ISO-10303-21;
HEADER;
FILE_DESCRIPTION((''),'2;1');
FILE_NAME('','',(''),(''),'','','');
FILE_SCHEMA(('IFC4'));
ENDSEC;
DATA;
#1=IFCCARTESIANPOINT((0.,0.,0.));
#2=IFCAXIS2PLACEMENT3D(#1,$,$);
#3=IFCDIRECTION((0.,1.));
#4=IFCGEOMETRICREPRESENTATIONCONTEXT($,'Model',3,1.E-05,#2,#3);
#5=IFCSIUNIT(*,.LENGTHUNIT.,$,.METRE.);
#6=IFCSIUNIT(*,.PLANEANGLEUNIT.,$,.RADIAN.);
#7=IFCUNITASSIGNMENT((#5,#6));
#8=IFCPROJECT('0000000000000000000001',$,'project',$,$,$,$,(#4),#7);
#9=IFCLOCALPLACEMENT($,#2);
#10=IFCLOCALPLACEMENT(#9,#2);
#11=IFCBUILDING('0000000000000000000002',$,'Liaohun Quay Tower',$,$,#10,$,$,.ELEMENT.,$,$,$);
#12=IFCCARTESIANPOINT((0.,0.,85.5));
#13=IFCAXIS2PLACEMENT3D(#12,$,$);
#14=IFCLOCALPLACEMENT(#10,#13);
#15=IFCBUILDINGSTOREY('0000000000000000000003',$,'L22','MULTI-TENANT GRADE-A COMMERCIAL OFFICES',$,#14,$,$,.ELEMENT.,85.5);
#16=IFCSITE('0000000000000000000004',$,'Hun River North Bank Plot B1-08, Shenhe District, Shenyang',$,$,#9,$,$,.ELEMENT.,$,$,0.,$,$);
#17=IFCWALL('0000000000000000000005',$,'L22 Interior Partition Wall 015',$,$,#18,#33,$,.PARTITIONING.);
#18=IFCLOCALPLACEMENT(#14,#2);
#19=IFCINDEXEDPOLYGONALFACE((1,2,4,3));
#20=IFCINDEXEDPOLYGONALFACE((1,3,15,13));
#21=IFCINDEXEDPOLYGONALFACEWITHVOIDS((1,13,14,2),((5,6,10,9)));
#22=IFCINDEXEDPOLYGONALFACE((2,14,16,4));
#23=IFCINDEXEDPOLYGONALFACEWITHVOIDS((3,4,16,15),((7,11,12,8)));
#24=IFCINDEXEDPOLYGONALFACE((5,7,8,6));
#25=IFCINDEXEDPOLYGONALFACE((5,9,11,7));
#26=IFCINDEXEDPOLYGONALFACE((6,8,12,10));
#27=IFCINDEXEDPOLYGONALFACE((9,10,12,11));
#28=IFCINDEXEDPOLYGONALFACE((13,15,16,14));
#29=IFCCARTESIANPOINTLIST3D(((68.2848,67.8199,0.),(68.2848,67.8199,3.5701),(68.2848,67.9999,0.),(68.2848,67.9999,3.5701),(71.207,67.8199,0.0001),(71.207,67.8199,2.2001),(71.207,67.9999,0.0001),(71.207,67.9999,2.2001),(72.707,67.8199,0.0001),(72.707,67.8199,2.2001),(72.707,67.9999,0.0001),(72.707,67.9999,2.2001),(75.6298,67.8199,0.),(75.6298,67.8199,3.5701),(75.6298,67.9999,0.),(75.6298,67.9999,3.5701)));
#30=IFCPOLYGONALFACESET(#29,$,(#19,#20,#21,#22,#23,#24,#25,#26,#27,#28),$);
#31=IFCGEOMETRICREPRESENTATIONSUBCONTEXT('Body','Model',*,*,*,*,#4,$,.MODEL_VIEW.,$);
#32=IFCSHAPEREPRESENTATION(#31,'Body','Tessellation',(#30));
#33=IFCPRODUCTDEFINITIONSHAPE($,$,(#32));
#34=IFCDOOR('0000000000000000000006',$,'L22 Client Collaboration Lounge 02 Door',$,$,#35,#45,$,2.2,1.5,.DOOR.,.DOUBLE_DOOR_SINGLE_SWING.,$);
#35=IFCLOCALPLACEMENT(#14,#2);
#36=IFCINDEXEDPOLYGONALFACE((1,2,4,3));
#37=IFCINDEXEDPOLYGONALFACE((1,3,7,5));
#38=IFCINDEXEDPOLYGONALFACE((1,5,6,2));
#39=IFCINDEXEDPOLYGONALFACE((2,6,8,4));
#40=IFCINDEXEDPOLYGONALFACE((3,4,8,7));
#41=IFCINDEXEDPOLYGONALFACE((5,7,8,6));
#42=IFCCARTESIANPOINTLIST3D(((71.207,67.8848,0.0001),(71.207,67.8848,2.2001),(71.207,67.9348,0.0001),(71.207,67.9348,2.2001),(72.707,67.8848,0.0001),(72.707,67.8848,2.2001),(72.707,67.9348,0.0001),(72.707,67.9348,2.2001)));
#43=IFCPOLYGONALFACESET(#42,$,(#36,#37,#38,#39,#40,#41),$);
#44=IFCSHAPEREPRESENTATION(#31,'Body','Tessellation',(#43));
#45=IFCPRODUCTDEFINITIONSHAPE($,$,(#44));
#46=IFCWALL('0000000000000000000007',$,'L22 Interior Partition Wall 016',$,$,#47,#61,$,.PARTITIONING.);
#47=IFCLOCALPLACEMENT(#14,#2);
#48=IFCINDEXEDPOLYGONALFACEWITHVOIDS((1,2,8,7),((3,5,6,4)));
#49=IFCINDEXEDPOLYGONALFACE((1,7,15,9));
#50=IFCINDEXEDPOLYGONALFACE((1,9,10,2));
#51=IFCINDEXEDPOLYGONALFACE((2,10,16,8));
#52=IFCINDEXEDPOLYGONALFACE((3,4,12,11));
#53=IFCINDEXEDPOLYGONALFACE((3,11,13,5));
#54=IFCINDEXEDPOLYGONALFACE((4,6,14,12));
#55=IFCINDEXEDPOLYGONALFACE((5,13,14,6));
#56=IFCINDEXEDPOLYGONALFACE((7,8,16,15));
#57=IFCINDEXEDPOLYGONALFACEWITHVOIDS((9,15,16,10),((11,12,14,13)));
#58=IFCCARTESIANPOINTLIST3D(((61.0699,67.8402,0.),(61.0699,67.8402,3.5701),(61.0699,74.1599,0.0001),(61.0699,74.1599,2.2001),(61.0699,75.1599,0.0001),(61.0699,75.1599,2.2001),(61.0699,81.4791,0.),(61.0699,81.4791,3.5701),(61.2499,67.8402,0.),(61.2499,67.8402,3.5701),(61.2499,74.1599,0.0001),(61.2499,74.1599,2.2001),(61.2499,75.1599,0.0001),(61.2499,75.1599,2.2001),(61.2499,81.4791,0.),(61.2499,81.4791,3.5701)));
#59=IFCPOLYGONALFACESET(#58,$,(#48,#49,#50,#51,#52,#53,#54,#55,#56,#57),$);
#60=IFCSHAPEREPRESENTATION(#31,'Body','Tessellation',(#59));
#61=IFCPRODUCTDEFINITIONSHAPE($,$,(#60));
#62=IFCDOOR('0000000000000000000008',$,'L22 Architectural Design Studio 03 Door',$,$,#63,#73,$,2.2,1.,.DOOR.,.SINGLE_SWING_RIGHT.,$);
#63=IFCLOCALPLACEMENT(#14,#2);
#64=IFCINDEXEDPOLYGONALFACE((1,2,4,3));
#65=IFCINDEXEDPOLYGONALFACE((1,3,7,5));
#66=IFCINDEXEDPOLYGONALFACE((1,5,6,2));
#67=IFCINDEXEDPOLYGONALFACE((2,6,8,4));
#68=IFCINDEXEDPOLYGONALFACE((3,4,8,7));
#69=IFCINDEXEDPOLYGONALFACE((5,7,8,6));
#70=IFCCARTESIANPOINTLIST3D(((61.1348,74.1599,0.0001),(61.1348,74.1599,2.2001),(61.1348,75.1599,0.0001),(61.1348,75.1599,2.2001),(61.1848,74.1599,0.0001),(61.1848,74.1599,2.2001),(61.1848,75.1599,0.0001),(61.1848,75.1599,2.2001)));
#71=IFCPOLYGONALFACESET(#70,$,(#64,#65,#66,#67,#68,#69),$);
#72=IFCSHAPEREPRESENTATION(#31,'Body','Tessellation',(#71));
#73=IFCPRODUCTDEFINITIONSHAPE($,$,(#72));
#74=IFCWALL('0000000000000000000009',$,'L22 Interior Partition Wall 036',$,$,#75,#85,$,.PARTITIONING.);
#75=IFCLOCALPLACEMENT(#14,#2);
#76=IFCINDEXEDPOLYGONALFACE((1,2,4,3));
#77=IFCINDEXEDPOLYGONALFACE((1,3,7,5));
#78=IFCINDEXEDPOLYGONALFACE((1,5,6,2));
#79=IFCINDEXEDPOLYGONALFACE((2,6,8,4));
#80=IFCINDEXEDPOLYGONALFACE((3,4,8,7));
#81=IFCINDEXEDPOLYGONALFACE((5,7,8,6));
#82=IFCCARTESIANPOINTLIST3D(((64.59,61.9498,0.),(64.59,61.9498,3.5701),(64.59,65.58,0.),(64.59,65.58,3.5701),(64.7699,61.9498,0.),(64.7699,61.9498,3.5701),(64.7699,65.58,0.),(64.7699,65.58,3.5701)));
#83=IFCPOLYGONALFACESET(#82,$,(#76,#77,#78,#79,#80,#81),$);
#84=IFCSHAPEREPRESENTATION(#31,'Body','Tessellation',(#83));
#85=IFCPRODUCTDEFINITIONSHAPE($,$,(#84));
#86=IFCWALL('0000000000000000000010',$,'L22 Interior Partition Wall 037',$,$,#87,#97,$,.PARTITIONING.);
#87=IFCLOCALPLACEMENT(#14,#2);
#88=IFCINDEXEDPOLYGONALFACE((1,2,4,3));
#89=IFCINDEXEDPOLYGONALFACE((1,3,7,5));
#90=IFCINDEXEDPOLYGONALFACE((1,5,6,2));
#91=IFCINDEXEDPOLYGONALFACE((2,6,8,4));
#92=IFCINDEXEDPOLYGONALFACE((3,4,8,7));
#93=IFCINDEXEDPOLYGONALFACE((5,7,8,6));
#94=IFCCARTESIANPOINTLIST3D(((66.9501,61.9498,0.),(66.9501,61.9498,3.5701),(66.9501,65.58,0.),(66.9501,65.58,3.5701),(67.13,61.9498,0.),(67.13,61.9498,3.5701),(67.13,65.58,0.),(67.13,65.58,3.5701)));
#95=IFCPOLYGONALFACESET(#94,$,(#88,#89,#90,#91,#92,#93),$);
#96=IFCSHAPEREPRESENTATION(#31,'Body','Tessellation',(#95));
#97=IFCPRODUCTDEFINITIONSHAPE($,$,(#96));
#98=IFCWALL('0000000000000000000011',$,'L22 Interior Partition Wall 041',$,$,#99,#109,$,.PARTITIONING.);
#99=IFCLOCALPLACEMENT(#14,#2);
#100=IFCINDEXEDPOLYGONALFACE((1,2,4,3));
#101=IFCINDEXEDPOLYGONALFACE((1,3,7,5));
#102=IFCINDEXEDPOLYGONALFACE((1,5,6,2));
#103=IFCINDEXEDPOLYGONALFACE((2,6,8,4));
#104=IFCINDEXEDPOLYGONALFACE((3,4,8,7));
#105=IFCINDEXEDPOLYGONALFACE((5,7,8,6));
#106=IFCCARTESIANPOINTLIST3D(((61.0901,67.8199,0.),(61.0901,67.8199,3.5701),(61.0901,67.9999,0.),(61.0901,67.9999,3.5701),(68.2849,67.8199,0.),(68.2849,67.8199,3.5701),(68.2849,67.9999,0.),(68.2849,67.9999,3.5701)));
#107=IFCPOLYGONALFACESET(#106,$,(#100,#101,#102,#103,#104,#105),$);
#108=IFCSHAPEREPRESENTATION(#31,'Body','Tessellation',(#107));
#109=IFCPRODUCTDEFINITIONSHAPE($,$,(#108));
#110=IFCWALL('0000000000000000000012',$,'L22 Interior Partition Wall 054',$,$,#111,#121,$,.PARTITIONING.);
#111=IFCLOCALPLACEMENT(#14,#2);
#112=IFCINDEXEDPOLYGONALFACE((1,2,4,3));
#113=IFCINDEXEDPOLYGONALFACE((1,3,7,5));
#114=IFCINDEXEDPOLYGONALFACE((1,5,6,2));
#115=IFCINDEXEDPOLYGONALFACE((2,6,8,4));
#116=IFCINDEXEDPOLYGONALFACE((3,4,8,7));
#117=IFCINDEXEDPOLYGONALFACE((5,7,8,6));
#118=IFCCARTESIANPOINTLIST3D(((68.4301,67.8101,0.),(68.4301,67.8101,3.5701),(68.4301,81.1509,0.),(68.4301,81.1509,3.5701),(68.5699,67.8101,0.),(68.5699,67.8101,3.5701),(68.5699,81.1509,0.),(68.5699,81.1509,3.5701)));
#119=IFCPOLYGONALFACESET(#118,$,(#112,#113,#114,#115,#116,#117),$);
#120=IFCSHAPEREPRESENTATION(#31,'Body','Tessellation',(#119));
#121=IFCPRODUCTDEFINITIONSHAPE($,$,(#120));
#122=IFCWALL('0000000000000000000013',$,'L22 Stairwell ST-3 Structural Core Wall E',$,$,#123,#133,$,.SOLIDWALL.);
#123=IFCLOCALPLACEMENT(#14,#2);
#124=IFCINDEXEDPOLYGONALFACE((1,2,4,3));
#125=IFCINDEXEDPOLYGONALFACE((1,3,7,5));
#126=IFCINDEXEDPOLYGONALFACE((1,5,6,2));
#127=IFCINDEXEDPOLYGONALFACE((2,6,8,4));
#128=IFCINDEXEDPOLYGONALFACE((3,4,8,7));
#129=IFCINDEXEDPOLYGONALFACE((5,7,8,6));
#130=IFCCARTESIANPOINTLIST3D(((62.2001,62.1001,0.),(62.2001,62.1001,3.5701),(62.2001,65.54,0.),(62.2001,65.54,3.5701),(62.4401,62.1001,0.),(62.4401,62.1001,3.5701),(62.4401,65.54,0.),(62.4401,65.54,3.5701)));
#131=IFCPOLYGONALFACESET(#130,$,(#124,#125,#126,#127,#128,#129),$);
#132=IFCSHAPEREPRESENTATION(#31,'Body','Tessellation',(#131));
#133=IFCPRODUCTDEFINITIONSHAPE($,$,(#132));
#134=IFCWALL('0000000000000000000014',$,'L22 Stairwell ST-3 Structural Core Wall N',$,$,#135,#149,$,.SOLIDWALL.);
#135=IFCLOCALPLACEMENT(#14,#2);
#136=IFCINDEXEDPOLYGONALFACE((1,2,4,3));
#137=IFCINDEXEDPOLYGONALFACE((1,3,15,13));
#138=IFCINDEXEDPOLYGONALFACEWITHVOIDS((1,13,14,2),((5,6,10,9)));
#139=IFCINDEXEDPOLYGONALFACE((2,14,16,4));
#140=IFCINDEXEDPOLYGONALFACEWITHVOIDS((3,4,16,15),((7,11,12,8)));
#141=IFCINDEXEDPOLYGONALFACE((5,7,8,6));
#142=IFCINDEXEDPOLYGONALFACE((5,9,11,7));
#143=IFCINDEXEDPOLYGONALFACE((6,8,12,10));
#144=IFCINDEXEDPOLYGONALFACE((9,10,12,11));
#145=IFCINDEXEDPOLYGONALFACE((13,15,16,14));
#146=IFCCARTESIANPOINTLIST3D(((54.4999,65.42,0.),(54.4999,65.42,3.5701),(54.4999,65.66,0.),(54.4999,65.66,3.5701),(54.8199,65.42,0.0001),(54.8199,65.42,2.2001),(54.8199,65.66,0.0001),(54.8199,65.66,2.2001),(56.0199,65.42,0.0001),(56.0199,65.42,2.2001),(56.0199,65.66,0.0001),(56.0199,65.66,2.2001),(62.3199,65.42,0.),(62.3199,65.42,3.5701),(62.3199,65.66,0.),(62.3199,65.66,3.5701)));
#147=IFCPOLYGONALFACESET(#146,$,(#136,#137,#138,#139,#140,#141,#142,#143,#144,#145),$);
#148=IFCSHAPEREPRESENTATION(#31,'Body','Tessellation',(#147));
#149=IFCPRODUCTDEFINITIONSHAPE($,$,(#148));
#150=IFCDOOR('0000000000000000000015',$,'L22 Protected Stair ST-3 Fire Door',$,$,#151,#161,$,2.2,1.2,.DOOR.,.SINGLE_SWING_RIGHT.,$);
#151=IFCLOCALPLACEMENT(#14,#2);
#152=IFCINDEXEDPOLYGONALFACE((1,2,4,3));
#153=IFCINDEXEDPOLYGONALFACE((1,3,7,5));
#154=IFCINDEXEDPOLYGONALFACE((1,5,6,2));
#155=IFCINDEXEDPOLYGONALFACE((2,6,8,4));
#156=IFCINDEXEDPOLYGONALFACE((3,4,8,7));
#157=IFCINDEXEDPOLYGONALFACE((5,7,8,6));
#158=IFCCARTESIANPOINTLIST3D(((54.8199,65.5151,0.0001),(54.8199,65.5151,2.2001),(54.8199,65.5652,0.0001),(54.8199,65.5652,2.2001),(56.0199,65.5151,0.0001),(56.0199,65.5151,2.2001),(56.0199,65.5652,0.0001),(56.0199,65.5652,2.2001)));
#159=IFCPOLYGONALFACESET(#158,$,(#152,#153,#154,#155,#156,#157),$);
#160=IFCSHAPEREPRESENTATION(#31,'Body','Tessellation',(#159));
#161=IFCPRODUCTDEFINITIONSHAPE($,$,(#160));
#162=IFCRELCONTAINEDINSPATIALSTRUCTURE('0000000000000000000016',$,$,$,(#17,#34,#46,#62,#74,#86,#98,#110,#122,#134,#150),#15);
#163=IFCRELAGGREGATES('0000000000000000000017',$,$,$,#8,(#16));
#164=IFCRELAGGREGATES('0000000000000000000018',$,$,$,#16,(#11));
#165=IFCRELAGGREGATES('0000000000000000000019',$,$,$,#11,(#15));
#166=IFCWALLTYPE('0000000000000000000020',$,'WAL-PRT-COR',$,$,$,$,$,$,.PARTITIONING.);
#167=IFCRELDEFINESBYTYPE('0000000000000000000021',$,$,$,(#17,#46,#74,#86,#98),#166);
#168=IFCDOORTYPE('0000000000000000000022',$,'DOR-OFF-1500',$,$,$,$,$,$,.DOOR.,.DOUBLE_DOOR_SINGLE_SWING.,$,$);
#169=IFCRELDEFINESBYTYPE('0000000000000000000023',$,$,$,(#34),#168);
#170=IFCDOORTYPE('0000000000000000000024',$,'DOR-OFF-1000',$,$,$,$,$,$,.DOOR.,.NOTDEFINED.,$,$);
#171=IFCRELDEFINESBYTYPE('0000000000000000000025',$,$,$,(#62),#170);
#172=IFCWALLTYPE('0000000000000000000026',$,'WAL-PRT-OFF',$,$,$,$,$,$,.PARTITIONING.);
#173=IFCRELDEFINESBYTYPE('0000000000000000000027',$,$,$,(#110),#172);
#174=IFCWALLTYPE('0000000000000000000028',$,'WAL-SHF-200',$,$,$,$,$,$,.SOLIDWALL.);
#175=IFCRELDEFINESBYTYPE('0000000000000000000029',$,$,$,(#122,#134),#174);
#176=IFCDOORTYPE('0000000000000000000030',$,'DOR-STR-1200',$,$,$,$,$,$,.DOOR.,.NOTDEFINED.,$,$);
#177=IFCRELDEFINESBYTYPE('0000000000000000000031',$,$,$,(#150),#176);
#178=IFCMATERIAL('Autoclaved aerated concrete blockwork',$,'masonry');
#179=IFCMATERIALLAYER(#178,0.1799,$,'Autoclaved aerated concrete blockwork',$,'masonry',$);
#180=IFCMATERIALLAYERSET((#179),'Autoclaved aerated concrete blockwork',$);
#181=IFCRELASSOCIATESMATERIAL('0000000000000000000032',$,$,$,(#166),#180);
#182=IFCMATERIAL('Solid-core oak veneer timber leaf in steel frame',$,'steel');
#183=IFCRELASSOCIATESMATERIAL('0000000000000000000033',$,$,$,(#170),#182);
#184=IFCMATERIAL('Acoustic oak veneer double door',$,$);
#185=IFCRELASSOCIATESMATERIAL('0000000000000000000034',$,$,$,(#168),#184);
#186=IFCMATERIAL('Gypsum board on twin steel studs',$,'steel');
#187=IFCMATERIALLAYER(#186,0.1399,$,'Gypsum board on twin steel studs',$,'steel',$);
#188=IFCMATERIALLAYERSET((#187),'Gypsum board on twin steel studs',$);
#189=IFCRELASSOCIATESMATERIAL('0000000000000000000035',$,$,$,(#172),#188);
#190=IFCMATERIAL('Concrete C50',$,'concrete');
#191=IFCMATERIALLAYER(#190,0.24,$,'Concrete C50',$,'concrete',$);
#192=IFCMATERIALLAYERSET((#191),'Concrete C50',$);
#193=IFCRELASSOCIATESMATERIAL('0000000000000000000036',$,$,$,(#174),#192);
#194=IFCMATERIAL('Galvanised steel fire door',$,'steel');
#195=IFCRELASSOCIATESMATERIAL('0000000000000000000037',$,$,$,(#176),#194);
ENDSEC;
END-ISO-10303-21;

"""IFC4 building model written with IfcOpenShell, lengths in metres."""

from ifc_helpers import new_model, si_unit, direction, frame, frame_2d, origin, place, context, subcontext, project, spatial, rectangle, extrude, source, transform, mapped, material, layer, layer_set, type_object, element, fill, save


model = new_model("IFC4")

# Units and contexts
model_context = context("Model", 3, precision=1e-05, world=origin(), true_north=direction((0.0, 1.0)))
body_context = subcontext(model_context, "Body", "Model", "MODEL_VIEW")
ifc_project = project(units=[si_unit("LENGTHUNIT", "METRE"), si_unit("PLANEANGLEUNIT", "RADIAN")], contexts=[model_context])

# Site, building, storey
site_placement = place(None, origin())
site = spatial("IfcSite", under=ifc_project, at=site_placement, Name="Hun River North Bank Plot B1-08, Shenhe District, Shenyang", CompositionType="ELEMENT", RefElevation=0.0)
building_placement = place(site_placement, origin())
building = spatial("IfcBuilding", under=site, at=building_placement, Name="Liaohun Quay Tower", CompositionType="ELEMENT")
storey_placement = place(building_placement, frame((0.0, 0.0, 85.5)))
storey = spatial("IfcBuildingStorey", under=building, at=storey_placement, Name="L22", Description="MULTI-TENANT GRADE-A COMMERCIAL OFFICES", CompositionType="ELEMENT", Elevation=85.5)

# Walls, openings, doors
ifc_material_1 = material(Name="Autoclaved aerated concrete blockwork", Category="masonry")
ifc_layer_1 = layer(ifc_material_1, 0.1799, Name="Autoclaved aerated concrete blockwork", Category="masonry")
ifc_layer_set_1 = layer_set([ifc_layer_1], Name="Autoclaved aerated concrete blockwork")
wall_type_1 = type_object("IfcWallType", Name="WAL-PRT-COR", PredefinedType="PARTITIONING", material=ifc_layer_set_1)
shared_shape_1 = source(origin(), body_context, "Body", "SweptSolid", [
    extrude(rectangle(XDim=1.0, YDim=2.2, at=frame_2d((0.5, 1.1001))), frame((0.0, 0.0999, 0.0), z_axis=(0.0, -1.0, 0.0), x_axis=(1.0, 0.0, 0.0)), (0.0, 0.0, 1.0), 0.2),
])
ifc_material_2 = material(Name="Solid-core oak veneer timber leaf in steel frame", Category="steel")
door_type_1 = type_object("IfcDoorType", Name="DOR-OFF-1000", OperationType="NOTDEFINED", PredefinedType="DOOR", material=ifc_material_2)
shared_shape_2 = source(origin(), body_context, "Body", "SweptSolid", [
    extrude(rectangle(XDim=1.0, YDim=2.2, at=frame_2d((0.5, 1.1001))), frame((0.0, 0.0249, 0.0), z_axis=(0.0, -1.0, 0.0), x_axis=(1.0, 0.0, 0.0)), (0.0, 0.0, 1.0), 0.05),
])
wall_1_placement = place(storey_placement, frame((68.2849, 67.9099, 0.0), z_axis=(0.0, 0.0, 1.0), x_axis=(1.0, 0.0, 0.0)))
wall_1 = element("IfcWall", 1, at=wall_1_placement, inside=storey, type_object=wall_type_1, Name="L22 Interior Partition Wall 015", PredefinedType="PARTITIONING", context=body_context, shape_type="SweptSolid", body=[
    extrude(rectangle(XDim=7.345, YDim=0.1799, at=frame_2d((3.6724, 0.0))), origin(), (0.0, 0.0, 1.0), 3.5701),
])
shared_shape_3 = source(origin(), body_context, "Body", "SweptSolid", [
    extrude(rectangle(XDim=1.5, YDim=2.2, at=frame_2d((0.75, 1.1001))), frame((0.0, 0.0999, 0.0), z_axis=(0.0, -1.0, 0.0), x_axis=(1.0, 0.0, 0.0)), (0.0, 0.0, 1.0), 0.2),
])
opening_1_placement = place(wall_1_placement, frame((2.9221, 0.0, 0.0)))
opening_1 = element("IfcOpeningElement", 2, at=opening_1_placement, cuts=wall_1, PredefinedType="OPENING", context=body_context, shape_type="MappedRepresentation", body=[
    mapped(shared_shape_3, transform((0.0, 0.0, 0.0), x_axis=(1.0, 0.0, 0.0), y_axis=(0.0, 1.0, 0.0), z_axis=(0.0, 0.0, 1.0), scale=1.0)),
])
ifc_material_3 = material(Name="Acoustic oak veneer double door")
door_type_2 = type_object("IfcDoorType", Name="DOR-OFF-1500", OperationType="DOUBLE_DOOR_SINGLE_SWING", PredefinedType="DOOR", material=ifc_material_3)
shared_shape_4 = source(origin(), body_context, "Body", "SweptSolid", [
    extrude(rectangle(XDim=1.5, YDim=2.2, at=frame_2d((0.75, 1.1001))), frame((0.0, 0.0249, 0.0), z_axis=(0.0, -1.0, 0.0), x_axis=(1.0, 0.0, 0.0)), (0.0, 0.0, 1.0), 0.05),
])
door_1_placement = place(opening_1_placement, origin())
door_1 = element("IfcDoor", 3, at=door_1_placement, inside=storey, type_object=door_type_2, Name="L22 Client Collaboration Lounge 02 Door", OperationType="DOUBLE_DOOR_SINGLE_SWING", OverallHeight=2.2, OverallWidth=1.5, PredefinedType="DOOR", context=body_context, shape_type="MappedRepresentation", body=[
    mapped(shared_shape_4, transform((0.0, 0.0, 0.0), x_axis=(1.0, 0.0, 0.0), y_axis=(0.0, 1.0, 0.0), z_axis=(0.0, 0.0, 1.0), scale=1.0)),
])
fill(opening_1, door_1)
wall_2_placement = place(storey_placement, frame((61.1599, 81.479, 0.0), z_axis=(0.0, 0.0, 1.0), x_axis=(0.0, -1.0, 0.0)))
wall_2 = element("IfcWall", 4, at=wall_2_placement, inside=storey, type_object=wall_type_1, Name="L22 Interior Partition Wall 016", PredefinedType="PARTITIONING", context=body_context, shape_type="SweptSolid", body=[
    extrude(rectangle(XDim=13.6389, YDim=0.1799, at=frame_2d((6.8193, 0.0))), origin(), (0.0, 0.0, 1.0), 3.5701),
])
opening_2_placement = place(wall_2_placement, frame((6.3191, 0.0, 0.0)))
opening_2 = element("IfcOpeningElement", 5, at=opening_2_placement, cuts=wall_2, PredefinedType="OPENING", context=body_context, shape_type="MappedRepresentation", body=[
    mapped(shared_shape_1, transform((0.0, 0.0, 0.0), x_axis=(1.0, 0.0, 0.0), y_axis=(0.0, 1.0, 0.0), z_axis=(0.0, 0.0, 1.0), scale=1.0)),
])
door_2_placement = place(opening_2_placement, origin())
door_2 = element("IfcDoor", 6, at=door_2_placement, inside=storey, type_object=door_type_1, Name="L22 Architectural Design Studio 03 Door", OperationType="SINGLE_SWING_RIGHT", OverallHeight=2.2, OverallWidth=1.0, PredefinedType="DOOR", context=body_context, shape_type="MappedRepresentation", body=[
    mapped(shared_shape_2, transform((0.0, 0.0, 0.0), x_axis=(1.0, 0.0, 0.0), y_axis=(0.0, 1.0, 0.0), z_axis=(0.0, 0.0, 1.0), scale=1.0)),
])
fill(opening_2, door_2)

# Walls
for number, where, z_axis, x_axis, name in (
    (7, (64.6799, 61.95, 0.0), (0.0, 0.0, 1.0), (0.0, 1.0, 0.0), "L22 Interior Partition Wall 036"),
    (8, (67.04, 61.95, 0.0), (0.0, 0.0, 1.0), (0.0, 1.0, 0.0), "L22 Interior Partition Wall 037"),
):
    element("IfcWall", number, at=place(storey_placement, frame(where, z_axis=z_axis, x_axis=x_axis)), inside=storey, type_object=wall_type_1, Name=name, PredefinedType="PARTITIONING", context=body_context, shape_type="SweptSolid", body=[
        extrude(rectangle(XDim=3.6301, YDim=0.1799, at=frame_2d((1.8149, 0.0))), origin(), (0.0, 0.0, 1.0), 3.5701),
    ])
wall_3_placement = place(storey_placement, frame((61.0901, 67.9099, 0.0), z_axis=(0.0, 0.0, 1.0), x_axis=(1.0, 0.0, 0.0)))
element("IfcWall", 9, at=wall_3_placement, inside=storey, type_object=wall_type_1, Name="L22 Interior Partition Wall 041", PredefinedType="PARTITIONING", context=body_context, shape_type="SweptSolid", body=[
    extrude(rectangle(XDim=7.1948, YDim=0.1799, at=frame_2d((3.5974, 0.0))), origin(), (0.0, 0.0, 1.0), 3.5701),
])
ifc_material_4 = material(Name="Gypsum board on twin steel studs", Category="steel")
ifc_layer_2 = layer(ifc_material_4, 0.1399, Name="Gypsum board on twin steel studs", Category="steel")
ifc_layer_set_2 = layer_set([ifc_layer_2], Name="Gypsum board on twin steel studs")
wall_type_2 = type_object("IfcWallType", Name="WAL-PRT-OFF", PredefinedType="PARTITIONING", material=ifc_layer_set_2)
wall_4_placement = place(storey_placement, frame((68.5, 67.8101, 0.0), z_axis=(0.0, 0.0, 1.0), x_axis=(0.0, 1.0, 0.0)))
element("IfcWall", 10, at=wall_4_placement, inside=storey, type_object=wall_type_2, Name="L22 Interior Partition Wall 054", PredefinedType="PARTITIONING", context=body_context, shape_type="SweptSolid", body=[
    extrude(rectangle(XDim=13.3408, YDim=0.1399, at=frame_2d((6.6704, 0.0))), origin(), (0.0, 0.0, 1.0), 3.5701),
])
ifc_material_5 = material(Name="Concrete C50", Category="concrete")
ifc_layer_3 = layer(ifc_material_5, 0.24, Name="Concrete C50", Category="concrete")
ifc_layer_set_3 = layer_set([ifc_layer_3], Name="Concrete C50")
wall_type_3 = type_object("IfcWallType", Name="WAL-SHF-200", PredefinedType="SOLIDWALL", material=ifc_layer_set_3)
wall_5_placement = place(storey_placement, frame((62.3201, 62.1001, 0.0), z_axis=(0.0, 0.0, 1.0), x_axis=(0.0, 1.0, 0.0)))
element("IfcWall", 11, at=wall_5_placement, inside=storey, type_object=wall_type_3, Name="L22 Stairwell ST-3 Structural Core Wall E", PredefinedType="SOLIDWALL", context=body_context, shape_type="SweptSolid", body=[
    extrude(rectangle(XDim=3.4399, YDim=0.24, at=frame_2d((1.72, 0.0))), origin(), (0.0, 0.0, 1.0), 3.5701),
])

# Wall, opening, door
wall_6_placement = place(storey_placement, frame((62.3201, 65.54, 0.0), z_axis=(0.0, 0.0, 1.0), x_axis=(-1.0, 0.0, 0.0)))
wall_6 = element("IfcWall", 12, at=wall_6_placement, inside=storey, type_object=wall_type_3, Name="L22 Stairwell ST-3 Structural Core Wall N", PredefinedType="SOLIDWALL", context=body_context, shape_type="SweptSolid", body=[
    extrude(rectangle(XDim=7.8201, YDim=0.24, at=frame_2d((3.9102, 0.0))), origin(), (0.0, 0.0, 1.0), 3.5701),
])
shared_shape_5 = source(origin(), body_context, "Body", "SweptSolid", [
    extrude(rectangle(XDim=1.2, YDim=2.2, at=frame_2d((0.6001, 1.1001))), frame((0.0, 0.1299, 0.0), z_axis=(0.0, -1.0, 0.0), x_axis=(1.0, 0.0, 0.0)), (0.0, 0.0, 1.0), 0.26),
])
opening_3_placement = place(wall_6_placement, frame((6.3, 0.0, 0.0)))
opening_3 = element("IfcOpeningElement", 13, at=opening_3_placement, cuts=wall_6, PredefinedType="OPENING", context=body_context, shape_type="MappedRepresentation", body=[
    mapped(shared_shape_5, transform((0.0, 0.0, 0.0), x_axis=(1.0, 0.0, 0.0), y_axis=(0.0, 1.0, 0.0), z_axis=(0.0, 0.0, 1.0), scale=1.0)),
])
ifc_material_6 = material(Name="Galvanised steel fire door", Category="steel")
door_type_3 = type_object("IfcDoorType", Name="DOR-STR-1200", OperationType="NOTDEFINED", PredefinedType="DOOR", material=ifc_material_6)
shared_shape_6 = source(origin(), body_context, "Body", "SweptSolid", [
    extrude(rectangle(XDim=1.2, YDim=2.2, at=frame_2d((0.6001, 1.1001))), frame((0.0, 0.0249, 0.0), z_axis=(0.0, -1.0, 0.0), x_axis=(1.0, 0.0, 0.0)), (0.0, 0.0, 1.0), 0.05),
])
door_3_placement = place(opening_3_placement, origin())
door_3 = element("IfcDoor", 14, at=door_3_placement, inside=storey, type_object=door_type_3, Name="L22 Protected Stair ST-3 Fire Door", OperationType="SINGLE_SWING_RIGHT", OverallHeight=2.2, OverallWidth=1.2, PredefinedType="DOOR", context=body_context, shape_type="MappedRepresentation", body=[
    mapped(shared_shape_6, transform((0.0, 0.0, 0.0), x_axis=(1.0, 0.0, 0.0), y_axis=(0.0, 1.0, 0.0), z_axis=(0.0, 0.0, 1.0), scale=1.0)),
])
fill(opening_3, door_3)

save(model, "model.ifc")
